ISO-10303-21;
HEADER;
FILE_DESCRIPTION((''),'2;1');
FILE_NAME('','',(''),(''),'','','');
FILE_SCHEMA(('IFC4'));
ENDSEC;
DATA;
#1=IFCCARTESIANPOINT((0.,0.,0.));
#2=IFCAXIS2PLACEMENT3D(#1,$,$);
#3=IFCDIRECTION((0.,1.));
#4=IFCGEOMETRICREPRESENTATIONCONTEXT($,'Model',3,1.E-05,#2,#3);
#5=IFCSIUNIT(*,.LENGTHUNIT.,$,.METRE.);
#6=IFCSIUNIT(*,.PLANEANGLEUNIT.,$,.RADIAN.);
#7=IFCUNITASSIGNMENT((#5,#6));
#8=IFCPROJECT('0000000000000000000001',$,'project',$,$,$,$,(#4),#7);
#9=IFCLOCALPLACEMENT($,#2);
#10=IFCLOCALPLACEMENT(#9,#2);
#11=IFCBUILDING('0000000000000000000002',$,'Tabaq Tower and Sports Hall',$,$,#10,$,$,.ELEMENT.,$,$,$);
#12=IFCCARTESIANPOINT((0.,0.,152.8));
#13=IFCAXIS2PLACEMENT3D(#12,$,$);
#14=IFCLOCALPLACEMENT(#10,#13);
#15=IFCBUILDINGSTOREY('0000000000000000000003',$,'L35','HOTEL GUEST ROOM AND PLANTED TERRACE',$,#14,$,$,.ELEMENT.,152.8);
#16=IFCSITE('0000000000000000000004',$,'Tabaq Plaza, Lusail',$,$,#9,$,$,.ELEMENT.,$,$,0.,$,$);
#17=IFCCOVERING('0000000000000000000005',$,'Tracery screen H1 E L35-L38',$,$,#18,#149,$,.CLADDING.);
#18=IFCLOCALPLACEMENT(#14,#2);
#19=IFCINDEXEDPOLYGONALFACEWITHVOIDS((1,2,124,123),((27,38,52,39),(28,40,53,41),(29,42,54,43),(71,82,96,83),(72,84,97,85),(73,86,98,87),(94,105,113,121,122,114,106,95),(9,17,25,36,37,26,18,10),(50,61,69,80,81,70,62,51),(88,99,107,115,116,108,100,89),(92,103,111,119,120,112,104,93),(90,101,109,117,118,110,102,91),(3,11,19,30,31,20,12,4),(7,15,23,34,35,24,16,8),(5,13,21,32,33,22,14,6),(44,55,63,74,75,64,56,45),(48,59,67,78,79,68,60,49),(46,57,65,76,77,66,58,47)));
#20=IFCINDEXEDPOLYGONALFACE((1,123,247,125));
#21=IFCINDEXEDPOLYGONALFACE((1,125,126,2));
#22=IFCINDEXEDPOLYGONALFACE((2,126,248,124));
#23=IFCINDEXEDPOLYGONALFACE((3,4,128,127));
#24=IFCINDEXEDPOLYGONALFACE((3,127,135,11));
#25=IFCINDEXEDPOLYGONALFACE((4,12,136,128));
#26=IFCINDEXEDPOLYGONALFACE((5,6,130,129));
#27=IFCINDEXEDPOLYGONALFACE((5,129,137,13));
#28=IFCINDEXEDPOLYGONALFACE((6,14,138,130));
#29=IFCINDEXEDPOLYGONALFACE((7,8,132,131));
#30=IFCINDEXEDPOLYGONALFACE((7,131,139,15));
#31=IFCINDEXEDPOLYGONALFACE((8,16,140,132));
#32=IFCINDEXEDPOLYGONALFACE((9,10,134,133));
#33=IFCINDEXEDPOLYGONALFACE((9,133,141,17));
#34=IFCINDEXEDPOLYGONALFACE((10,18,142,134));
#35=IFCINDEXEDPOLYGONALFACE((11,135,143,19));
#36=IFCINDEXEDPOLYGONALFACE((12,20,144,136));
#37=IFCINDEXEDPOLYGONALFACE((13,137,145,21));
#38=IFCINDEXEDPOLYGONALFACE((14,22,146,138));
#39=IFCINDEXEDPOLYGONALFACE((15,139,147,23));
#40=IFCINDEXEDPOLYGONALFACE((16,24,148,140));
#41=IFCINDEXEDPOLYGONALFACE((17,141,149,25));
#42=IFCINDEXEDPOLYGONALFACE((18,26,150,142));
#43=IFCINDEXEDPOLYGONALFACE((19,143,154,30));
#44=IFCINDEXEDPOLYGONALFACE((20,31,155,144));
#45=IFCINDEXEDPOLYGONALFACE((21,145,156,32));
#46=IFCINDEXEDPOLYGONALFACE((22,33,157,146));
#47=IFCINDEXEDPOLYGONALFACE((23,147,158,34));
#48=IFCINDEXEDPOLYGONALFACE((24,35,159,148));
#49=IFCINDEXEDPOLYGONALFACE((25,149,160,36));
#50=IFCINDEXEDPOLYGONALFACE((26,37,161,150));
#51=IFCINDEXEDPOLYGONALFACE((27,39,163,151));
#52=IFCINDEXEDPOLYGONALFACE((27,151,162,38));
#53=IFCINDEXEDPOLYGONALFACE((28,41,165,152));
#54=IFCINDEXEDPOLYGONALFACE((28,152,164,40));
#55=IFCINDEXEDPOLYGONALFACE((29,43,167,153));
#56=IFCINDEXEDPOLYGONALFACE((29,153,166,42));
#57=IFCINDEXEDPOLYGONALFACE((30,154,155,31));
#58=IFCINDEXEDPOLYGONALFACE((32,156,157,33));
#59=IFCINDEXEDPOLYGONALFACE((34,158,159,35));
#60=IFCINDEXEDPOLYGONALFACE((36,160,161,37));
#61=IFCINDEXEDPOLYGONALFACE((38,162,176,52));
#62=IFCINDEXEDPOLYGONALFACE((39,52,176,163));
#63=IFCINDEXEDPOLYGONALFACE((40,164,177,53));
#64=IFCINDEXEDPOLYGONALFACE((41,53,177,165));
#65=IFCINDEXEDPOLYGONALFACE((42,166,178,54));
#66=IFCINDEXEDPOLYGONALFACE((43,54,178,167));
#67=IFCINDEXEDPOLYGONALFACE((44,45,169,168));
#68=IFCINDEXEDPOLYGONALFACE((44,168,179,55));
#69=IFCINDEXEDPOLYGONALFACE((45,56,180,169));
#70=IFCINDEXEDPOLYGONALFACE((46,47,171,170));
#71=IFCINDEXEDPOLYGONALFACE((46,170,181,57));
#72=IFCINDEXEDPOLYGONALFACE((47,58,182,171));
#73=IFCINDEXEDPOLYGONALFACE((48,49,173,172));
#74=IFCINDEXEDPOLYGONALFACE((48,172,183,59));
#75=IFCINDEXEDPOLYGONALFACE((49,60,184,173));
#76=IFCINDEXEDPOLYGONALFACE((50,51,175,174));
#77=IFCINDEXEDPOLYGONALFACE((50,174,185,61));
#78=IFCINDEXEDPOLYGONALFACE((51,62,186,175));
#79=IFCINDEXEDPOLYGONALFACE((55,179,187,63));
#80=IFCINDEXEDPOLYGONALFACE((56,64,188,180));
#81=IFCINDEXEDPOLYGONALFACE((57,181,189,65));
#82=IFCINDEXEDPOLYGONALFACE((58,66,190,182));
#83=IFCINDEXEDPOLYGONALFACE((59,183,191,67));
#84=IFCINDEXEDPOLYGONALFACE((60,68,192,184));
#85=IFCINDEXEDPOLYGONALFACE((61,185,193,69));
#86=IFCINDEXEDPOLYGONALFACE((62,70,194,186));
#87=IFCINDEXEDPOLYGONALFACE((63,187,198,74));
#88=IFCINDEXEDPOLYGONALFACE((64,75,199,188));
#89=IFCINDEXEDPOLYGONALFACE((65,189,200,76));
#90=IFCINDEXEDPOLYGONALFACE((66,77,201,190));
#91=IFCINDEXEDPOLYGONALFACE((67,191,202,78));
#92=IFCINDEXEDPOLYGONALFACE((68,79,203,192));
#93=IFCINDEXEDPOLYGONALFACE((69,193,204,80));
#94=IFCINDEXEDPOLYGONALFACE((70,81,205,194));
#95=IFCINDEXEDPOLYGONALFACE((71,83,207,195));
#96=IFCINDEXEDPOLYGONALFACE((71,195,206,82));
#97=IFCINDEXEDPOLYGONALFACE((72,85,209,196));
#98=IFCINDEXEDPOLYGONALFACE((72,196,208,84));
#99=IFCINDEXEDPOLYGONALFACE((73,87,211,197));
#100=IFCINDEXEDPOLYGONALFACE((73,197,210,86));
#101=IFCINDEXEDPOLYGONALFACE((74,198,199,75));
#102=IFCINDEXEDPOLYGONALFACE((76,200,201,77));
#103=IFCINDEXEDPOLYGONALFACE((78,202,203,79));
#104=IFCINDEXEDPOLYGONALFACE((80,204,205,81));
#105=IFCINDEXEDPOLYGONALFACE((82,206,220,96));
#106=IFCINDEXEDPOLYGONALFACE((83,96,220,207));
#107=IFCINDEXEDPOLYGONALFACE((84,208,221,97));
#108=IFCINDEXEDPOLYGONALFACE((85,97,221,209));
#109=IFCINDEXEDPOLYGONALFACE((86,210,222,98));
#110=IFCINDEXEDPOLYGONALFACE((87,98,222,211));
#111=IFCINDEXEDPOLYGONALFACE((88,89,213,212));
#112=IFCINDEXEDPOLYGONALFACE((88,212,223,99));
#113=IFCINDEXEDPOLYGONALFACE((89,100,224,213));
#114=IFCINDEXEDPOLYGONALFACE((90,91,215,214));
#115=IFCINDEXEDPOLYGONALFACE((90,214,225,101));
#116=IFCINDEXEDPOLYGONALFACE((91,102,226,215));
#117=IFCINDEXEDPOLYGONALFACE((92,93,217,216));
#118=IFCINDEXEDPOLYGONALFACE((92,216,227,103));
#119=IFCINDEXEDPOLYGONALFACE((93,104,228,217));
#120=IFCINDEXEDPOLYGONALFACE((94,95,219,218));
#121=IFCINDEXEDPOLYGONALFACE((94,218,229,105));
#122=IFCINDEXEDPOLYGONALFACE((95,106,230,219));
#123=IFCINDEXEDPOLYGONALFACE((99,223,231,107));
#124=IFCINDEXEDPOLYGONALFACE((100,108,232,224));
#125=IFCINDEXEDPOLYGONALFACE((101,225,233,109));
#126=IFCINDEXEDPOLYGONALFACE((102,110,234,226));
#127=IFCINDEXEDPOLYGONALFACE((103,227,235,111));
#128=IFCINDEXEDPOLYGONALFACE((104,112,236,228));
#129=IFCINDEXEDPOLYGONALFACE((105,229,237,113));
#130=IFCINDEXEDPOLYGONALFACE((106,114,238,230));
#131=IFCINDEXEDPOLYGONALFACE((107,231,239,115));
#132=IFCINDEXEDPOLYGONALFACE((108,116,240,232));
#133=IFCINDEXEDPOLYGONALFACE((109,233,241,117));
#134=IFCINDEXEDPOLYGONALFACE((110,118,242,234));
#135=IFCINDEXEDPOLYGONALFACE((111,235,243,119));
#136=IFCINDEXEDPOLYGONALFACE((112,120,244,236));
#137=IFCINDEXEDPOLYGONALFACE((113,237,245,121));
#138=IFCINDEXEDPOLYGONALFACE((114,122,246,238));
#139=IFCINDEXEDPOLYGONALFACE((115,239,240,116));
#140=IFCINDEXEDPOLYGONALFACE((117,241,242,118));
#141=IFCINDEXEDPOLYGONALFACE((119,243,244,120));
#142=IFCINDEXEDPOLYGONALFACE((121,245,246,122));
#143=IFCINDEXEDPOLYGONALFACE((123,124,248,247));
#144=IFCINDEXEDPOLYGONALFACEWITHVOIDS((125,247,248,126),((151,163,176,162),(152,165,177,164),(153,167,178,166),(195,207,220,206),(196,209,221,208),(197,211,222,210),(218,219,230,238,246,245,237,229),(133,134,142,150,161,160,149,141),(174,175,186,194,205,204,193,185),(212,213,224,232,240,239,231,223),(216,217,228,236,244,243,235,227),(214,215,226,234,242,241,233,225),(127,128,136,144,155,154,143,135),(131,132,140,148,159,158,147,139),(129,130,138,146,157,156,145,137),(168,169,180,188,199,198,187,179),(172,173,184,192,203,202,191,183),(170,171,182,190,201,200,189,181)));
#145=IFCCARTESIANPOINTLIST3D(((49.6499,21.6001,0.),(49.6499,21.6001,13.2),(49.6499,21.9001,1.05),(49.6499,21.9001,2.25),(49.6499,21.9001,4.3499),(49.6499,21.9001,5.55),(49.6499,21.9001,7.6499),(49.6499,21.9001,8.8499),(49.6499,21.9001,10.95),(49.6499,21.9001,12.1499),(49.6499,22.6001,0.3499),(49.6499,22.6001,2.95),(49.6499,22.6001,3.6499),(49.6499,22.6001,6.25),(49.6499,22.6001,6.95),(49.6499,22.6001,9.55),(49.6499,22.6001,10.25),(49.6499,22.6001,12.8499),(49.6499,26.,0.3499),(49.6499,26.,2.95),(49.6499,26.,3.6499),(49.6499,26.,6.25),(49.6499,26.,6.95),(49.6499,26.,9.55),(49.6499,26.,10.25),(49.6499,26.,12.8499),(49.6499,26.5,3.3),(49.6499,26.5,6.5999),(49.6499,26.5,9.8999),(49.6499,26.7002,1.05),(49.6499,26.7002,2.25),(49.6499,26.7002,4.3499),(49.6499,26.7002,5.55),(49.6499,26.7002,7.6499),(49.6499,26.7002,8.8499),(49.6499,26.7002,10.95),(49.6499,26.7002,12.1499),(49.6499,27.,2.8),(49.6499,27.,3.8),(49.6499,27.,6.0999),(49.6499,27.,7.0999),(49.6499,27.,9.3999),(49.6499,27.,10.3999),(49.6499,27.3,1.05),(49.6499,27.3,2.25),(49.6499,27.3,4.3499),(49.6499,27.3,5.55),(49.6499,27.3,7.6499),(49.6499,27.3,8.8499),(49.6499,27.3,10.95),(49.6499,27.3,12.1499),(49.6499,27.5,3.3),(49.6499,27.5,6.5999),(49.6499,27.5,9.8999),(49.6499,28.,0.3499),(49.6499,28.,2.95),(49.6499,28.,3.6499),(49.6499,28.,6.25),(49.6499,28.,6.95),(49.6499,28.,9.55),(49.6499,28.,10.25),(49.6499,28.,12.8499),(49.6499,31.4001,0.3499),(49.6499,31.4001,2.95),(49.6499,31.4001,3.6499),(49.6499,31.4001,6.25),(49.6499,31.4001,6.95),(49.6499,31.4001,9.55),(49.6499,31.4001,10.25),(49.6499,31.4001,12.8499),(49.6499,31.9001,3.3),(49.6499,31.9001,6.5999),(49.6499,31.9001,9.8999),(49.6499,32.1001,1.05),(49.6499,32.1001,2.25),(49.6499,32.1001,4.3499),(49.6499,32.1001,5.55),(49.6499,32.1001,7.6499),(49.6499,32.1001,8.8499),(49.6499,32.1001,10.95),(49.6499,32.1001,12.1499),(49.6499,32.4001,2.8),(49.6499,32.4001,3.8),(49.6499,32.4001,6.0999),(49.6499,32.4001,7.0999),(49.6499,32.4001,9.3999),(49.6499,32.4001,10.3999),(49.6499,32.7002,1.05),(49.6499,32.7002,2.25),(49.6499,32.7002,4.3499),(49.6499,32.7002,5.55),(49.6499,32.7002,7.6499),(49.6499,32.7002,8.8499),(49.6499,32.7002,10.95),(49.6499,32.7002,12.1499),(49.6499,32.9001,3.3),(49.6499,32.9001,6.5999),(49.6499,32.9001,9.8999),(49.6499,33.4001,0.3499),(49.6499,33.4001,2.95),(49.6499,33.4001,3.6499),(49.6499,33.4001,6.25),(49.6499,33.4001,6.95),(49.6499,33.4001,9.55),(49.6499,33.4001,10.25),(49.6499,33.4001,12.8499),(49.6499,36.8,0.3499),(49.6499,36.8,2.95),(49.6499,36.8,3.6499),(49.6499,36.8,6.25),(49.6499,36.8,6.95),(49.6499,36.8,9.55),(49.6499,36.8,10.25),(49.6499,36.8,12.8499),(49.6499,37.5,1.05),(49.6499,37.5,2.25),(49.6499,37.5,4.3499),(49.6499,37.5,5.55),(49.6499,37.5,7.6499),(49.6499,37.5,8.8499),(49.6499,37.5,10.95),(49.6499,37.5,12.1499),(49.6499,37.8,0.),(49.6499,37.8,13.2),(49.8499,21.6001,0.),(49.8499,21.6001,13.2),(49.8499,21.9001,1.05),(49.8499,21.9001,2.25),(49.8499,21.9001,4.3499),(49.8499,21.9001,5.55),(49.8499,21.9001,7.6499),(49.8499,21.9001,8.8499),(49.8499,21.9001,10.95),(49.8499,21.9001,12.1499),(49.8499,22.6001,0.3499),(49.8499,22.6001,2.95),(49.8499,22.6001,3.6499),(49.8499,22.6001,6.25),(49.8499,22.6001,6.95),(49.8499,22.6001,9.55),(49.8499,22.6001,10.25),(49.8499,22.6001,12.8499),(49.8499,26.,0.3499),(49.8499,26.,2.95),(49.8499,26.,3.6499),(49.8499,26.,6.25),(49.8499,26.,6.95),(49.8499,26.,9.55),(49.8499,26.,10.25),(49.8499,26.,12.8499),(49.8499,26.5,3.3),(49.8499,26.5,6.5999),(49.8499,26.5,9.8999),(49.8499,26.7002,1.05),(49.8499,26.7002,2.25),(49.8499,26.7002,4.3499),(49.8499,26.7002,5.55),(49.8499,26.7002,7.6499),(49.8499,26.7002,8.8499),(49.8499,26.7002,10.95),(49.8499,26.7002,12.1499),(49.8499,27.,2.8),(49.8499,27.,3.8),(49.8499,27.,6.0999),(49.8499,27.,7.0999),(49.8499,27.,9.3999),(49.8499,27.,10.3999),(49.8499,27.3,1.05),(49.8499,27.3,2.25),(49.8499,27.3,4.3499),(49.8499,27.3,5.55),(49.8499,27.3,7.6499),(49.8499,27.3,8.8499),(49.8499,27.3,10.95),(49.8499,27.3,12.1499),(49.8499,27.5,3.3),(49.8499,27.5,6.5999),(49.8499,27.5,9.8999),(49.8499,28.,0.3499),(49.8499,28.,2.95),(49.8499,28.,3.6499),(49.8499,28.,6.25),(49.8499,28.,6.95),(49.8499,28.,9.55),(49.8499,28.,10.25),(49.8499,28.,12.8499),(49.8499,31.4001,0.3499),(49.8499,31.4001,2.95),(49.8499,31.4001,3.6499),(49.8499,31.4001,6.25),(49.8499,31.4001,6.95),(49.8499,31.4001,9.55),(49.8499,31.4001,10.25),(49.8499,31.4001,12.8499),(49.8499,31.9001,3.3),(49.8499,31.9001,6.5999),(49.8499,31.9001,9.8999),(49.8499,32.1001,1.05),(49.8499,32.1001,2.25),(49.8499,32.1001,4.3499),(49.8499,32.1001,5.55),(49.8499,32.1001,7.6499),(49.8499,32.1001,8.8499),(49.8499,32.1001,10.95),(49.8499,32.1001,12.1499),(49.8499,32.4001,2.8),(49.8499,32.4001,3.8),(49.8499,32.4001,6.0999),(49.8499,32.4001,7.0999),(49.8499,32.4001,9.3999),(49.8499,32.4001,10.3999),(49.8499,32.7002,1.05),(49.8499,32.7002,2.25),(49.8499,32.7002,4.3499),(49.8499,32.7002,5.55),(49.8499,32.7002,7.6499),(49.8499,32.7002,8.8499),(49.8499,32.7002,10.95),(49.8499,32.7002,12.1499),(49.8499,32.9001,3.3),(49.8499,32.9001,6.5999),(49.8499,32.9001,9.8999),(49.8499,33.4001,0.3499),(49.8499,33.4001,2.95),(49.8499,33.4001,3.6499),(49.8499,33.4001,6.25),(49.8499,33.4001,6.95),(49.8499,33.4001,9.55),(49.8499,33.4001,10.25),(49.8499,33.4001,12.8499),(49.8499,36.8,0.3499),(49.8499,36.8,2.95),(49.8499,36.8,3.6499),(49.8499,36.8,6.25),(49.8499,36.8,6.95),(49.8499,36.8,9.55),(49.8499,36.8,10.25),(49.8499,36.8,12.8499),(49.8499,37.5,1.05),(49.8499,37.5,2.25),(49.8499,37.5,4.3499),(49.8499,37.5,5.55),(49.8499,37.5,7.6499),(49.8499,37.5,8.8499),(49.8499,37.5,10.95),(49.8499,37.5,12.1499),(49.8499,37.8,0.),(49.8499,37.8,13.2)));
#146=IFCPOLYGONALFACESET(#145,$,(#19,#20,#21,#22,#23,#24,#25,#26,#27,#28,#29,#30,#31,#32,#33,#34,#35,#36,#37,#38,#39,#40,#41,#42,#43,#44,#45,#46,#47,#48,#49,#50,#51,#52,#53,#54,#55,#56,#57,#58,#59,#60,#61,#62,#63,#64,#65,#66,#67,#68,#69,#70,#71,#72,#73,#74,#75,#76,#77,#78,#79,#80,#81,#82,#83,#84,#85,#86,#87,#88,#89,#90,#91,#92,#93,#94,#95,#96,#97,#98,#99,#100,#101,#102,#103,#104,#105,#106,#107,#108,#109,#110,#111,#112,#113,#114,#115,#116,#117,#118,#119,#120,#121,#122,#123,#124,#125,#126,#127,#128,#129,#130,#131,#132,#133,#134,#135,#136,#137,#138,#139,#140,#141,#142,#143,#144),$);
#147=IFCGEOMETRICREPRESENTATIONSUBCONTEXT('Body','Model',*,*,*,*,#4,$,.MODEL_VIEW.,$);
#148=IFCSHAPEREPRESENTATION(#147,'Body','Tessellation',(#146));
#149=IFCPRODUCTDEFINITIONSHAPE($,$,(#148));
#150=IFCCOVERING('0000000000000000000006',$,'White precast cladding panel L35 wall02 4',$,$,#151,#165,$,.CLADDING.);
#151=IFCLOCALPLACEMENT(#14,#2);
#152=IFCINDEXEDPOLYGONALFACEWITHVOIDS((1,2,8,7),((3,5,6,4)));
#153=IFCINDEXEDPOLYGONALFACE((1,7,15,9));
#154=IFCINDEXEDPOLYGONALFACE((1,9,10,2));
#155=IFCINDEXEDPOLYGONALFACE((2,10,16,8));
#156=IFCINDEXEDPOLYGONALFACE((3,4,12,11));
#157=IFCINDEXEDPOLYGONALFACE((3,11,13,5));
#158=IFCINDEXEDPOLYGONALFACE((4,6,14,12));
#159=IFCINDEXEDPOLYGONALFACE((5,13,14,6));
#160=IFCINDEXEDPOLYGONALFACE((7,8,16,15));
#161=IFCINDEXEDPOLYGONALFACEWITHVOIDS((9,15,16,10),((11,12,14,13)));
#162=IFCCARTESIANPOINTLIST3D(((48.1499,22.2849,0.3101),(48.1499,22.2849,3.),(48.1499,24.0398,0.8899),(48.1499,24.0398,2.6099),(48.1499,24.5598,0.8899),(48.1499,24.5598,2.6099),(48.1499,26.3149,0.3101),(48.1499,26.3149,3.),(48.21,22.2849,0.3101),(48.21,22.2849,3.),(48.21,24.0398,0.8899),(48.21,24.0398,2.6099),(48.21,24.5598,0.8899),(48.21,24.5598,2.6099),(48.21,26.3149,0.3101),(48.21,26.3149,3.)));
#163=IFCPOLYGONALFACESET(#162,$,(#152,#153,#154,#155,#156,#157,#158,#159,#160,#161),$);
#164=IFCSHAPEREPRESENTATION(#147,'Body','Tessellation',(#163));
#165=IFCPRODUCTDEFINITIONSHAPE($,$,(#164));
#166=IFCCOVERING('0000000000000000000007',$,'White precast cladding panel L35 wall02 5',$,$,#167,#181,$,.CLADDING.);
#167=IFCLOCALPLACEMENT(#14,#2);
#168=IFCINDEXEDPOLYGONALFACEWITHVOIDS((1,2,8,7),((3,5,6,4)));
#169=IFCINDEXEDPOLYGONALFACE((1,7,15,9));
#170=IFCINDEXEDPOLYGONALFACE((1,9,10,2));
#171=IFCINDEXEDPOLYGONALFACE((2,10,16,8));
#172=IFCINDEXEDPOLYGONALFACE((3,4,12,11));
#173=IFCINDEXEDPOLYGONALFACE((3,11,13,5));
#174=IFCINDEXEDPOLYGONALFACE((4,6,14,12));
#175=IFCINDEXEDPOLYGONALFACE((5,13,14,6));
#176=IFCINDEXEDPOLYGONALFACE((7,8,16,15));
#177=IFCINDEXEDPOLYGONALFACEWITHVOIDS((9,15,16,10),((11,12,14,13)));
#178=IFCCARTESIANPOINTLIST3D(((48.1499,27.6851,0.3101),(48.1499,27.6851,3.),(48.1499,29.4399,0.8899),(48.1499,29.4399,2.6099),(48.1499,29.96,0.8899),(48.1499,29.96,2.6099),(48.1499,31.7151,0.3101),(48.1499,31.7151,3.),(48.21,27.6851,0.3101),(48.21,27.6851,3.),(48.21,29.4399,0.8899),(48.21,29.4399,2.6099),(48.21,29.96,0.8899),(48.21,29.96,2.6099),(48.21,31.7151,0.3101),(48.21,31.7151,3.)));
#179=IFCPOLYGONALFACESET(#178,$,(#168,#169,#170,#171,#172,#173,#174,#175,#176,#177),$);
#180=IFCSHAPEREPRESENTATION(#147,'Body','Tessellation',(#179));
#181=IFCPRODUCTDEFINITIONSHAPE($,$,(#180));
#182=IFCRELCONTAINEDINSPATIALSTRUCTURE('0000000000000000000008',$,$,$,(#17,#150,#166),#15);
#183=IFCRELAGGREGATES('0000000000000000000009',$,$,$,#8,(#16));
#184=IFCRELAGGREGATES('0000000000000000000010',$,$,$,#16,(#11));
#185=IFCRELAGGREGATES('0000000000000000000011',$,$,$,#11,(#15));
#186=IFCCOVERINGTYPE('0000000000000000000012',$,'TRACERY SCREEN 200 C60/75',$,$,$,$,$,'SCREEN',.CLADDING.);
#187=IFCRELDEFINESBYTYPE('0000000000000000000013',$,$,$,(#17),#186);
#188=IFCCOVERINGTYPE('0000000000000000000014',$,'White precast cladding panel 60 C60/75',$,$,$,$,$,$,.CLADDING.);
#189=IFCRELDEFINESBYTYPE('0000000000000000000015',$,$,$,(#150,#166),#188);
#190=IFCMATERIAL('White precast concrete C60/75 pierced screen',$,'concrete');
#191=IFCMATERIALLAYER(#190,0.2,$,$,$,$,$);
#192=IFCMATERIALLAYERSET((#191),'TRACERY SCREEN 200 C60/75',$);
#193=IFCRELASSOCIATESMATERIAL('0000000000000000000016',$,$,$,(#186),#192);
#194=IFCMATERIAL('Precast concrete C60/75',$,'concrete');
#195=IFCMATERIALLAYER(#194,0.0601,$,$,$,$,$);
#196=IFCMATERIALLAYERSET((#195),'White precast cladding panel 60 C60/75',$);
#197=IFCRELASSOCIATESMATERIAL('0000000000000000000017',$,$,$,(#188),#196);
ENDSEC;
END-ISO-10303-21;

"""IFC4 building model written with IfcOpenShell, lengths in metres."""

from ifc_helpers import new_model, si_unit, direction, frame, origin, place, context, subcontext, project, spatial, polyline, outline, extrude, material, layer, layer_set, type_object, element, save


model = new_model("IFC4")

# Units and contexts
model_context = context("Model", 3, precision=1e-05, world=origin(), true_north=direction((0.0, 1.0)))
body_context = subcontext(model_context, "Body", "Model", "MODEL_VIEW")
ifc_project = project(units=[si_unit("LENGTHUNIT", "METRE"), si_unit("PLANEANGLEUNIT", "RADIAN")], contexts=[model_context])

# Site, building, storey
site_placement = place(None, origin())
site = spatial("IfcSite", under=ifc_project, at=site_placement, Name="Tabaq Plaza, Lusail", CompositionType="ELEMENT", RefElevation=0.0)
building_placement = place(site_placement, origin())
building = spatial("IfcBuilding", under=site, at=building_placement, Name="Tabaq Tower and Sports Hall", CompositionType="ELEMENT")
storey_placement = place(building_placement, frame((0.0, 0.0, 152.8)))
storey = spatial("IfcBuildingStorey", under=building, at=storey_placement, Name="L35", Description="HOTEL GUEST ROOM AND PLANTED TERRACE", CompositionType="ELEMENT", Elevation=152.8)

# Coverings
ifc_material_1 = material(Name="White precast concrete C60/75 pierced screen", Category="concrete")
ifc_layer_1 = layer(ifc_material_1, 0.2)
ifc_layer_set_1 = layer_set([ifc_layer_1], Name="TRACERY SCREEN 200 C60/75")
covering_type_1 = type_object("IfcCoveringType", Name="TRACERY SCREEN 200 C60/75", ElementType="SCREEN", PredefinedType="CLADDING", material=ifc_layer_set_1)
covering_1_placement = place(storey_placement, frame((49.75, 21.6001, 0.0), z_axis=(0.0, 0.0, 1.0), x_axis=(0.0, 1.0, 0.0)))
element("IfcCovering", 1, at=covering_1_placement, inside=storey, type_object=covering_type_1, Name="Tracery screen H1 E L35-L38", PredefinedType="CLADDING", context=body_context, shape_type="SweptSolid", body=[
    extrude(outline(polyline([(0.0, 0.0), (16.2, 0.0), (16.2, 13.2), (0.0, 13.2), (0.0, 0.0)]), holes=[polyline([(1.0, 0.3499), (4.3999, 0.3499), (5.1001, 1.05), (5.1001, 2.25), (4.3999, 2.95), (1.0, 2.95), (0.3, 2.25), (0.3, 1.05), (1.0, 0.3499)]), polyline([(6.3999, 0.3499), (9.8, 0.3499), (10.5, 1.05), (10.5, 2.25), (9.8, 2.95), (6.3999, 2.95), (5.7, 2.25), (5.7, 1.05), (6.3999, 0.3499)]), polyline([(11.8, 0.3499), (15.2, 0.3499), (15.8999, 1.05), (15.8999, 2.25), (15.2, 2.95), (11.8, 2.95), (11.1001, 2.25), (11.1001, 1.05), (11.8, 0.3499)]), polyline([(1.0, 3.6499), (4.3999, 3.6499), (5.1001, 4.3499), (5.1001, 5.55), (4.3999, 6.25), (1.0, 6.25), (0.3, 5.55), (0.3, 4.3499), (1.0, 3.6499)]), polyline([(6.3999, 3.6499), (9.8, 3.6499), (10.5, 4.3499), (10.5, 5.55), (9.8, 6.25), (6.3999, 6.25), (5.7, 5.55), (5.7, 4.3499), (6.3999, 3.6499)]), polyline([(11.8, 3.6499), (15.2, 3.6499), (15.8999, 4.3499), (15.8999, 5.55), (15.2, 6.25), (11.8, 6.25), (11.1001, 5.55), (11.1001, 4.3499), (11.8, 3.6499)]), polyline([(1.0, 6.95), (4.3999, 6.95), (5.1001, 7.6499), (5.1001, 8.8499), (4.3999, 9.55), (1.0, 9.55), (0.3, 8.8499), (0.3, 7.6499), (1.0, 6.95)]), polyline([(6.3999, 6.95), (9.8, 6.95), (10.5, 7.6499), (10.5, 8.8499), (9.8, 9.55), (6.3999, 9.55), (5.7, 8.8499), (5.7, 7.6499), (6.3999, 6.95)]), polyline([(11.8, 6.95), (15.2, 6.95), (15.8999, 7.6499), (15.8999, 8.8499), (15.2, 9.55), (11.8, 9.55), (11.1001, 8.8499), (11.1001, 7.6499), (11.8, 6.95)]), polyline([(1.0, 10.25), (4.3999, 10.25), (5.1001, 10.95), (5.1001, 12.1499), (4.3999, 12.8499), (1.0, 12.8499), (0.3, 12.1499), (0.3, 10.95), (1.0, 10.25)]), polyline([(6.3999, 10.25), (9.8, 10.25), (10.5, 10.95), (10.5, 12.1499), (9.8, 12.8499), (6.3999, 12.8499), (5.7, 12.1499), (5.7, 10.95), (6.3999, 10.25)]), polyline([(11.8, 10.25), (15.2, 10.25), (15.8999, 10.95), (15.8999, 12.1499), (15.2, 12.8499), (11.8, 12.8499), (11.1001, 12.1499), (11.1001, 10.95), (11.8, 10.25)]), polyline([(5.8999, 3.3), (5.3999, 3.8), (4.8999, 3.3), (5.3999, 2.8), (5.8999, 3.3)]), polyline([(11.3, 3.3), (10.8, 3.8), (10.3, 3.3), (10.8, 2.8), (11.3, 3.3)]), polyline([(5.8999, 6.5999), (5.3999, 7.0999), (4.8999, 6.5999), (5.3999, 6.0999), (5.8999, 6.5999)]), polyline([(11.3, 6.5999), (10.8, 7.0999), (10.3, 6.5999), (10.8, 6.0999), (11.3, 6.5999)]), polyline([(5.8999, 9.8999), (5.3999, 10.3999), (4.8999, 9.8999), (5.3999, 9.3999), (5.8999, 9.8999)]), polyline([(11.3, 9.8999), (10.8, 10.3999), (10.3, 9.8999), (10.8, 9.3999), (11.3, 9.8999)])]), frame((0.0, 0.1001, 0.0), z_axis=(0.0, -1.0, 0.0), x_axis=(1.0, 0.0, 0.0)), (0.0, 0.0, 1.0), 0.2),
])
ifc_material_2 = material(Name="Precast concrete C60/75", Category="concrete")
ifc_layer_2 = layer(ifc_material_2, 0.0601)
ifc_layer_set_2 = layer_set([ifc_layer_2], Name="White precast cladding panel 60 C60/75")
covering_type_2 = type_object("IfcCoveringType", Name="White precast cladding panel 60 C60/75", PredefinedType="CLADDING", material=ifc_layer_set_2)
for number, where, z_axis, x_axis, name in (
    (2, (48.1799, 22.2849, 0.3101), (0.0, 0.0, 1.0), (0.0, 1.0, 0.0), "White precast cladding panel L35 wall02 4"),
    (3, (48.1799, 27.6851, 0.3101), (0.0, 0.0, 1.0), (0.0, 1.0, 0.0), "White precast cladding panel L35 wall02 5"),
):
    element("IfcCovering", number, at=place(storey_placement, frame(where, z_axis=z_axis, x_axis=x_axis)), inside=storey, type_object=covering_type_2, Name=name, PredefinedType="CLADDING", context=body_context, shape_type="SweptSolid", body=[
        extrude(outline(polyline([(0.0, 0.0), (4.03, 0.0), (4.03, 2.6899), (0.0, 2.6899), (0.0, 0.0)]), holes=[polyline([(1.7549, 0.5798), (1.7549, 2.2998), (2.2749, 2.2998), (2.2749, 0.5798), (1.7549, 0.5798)])]), frame((0.0, 0.03, 0.0), z_axis=(0.0, -1.0, 0.0), x_axis=(1.0, 0.0, 0.0)), (0.0, 0.0, 1.0), 0.0601),
    ])

save(model, "model.ifc")
